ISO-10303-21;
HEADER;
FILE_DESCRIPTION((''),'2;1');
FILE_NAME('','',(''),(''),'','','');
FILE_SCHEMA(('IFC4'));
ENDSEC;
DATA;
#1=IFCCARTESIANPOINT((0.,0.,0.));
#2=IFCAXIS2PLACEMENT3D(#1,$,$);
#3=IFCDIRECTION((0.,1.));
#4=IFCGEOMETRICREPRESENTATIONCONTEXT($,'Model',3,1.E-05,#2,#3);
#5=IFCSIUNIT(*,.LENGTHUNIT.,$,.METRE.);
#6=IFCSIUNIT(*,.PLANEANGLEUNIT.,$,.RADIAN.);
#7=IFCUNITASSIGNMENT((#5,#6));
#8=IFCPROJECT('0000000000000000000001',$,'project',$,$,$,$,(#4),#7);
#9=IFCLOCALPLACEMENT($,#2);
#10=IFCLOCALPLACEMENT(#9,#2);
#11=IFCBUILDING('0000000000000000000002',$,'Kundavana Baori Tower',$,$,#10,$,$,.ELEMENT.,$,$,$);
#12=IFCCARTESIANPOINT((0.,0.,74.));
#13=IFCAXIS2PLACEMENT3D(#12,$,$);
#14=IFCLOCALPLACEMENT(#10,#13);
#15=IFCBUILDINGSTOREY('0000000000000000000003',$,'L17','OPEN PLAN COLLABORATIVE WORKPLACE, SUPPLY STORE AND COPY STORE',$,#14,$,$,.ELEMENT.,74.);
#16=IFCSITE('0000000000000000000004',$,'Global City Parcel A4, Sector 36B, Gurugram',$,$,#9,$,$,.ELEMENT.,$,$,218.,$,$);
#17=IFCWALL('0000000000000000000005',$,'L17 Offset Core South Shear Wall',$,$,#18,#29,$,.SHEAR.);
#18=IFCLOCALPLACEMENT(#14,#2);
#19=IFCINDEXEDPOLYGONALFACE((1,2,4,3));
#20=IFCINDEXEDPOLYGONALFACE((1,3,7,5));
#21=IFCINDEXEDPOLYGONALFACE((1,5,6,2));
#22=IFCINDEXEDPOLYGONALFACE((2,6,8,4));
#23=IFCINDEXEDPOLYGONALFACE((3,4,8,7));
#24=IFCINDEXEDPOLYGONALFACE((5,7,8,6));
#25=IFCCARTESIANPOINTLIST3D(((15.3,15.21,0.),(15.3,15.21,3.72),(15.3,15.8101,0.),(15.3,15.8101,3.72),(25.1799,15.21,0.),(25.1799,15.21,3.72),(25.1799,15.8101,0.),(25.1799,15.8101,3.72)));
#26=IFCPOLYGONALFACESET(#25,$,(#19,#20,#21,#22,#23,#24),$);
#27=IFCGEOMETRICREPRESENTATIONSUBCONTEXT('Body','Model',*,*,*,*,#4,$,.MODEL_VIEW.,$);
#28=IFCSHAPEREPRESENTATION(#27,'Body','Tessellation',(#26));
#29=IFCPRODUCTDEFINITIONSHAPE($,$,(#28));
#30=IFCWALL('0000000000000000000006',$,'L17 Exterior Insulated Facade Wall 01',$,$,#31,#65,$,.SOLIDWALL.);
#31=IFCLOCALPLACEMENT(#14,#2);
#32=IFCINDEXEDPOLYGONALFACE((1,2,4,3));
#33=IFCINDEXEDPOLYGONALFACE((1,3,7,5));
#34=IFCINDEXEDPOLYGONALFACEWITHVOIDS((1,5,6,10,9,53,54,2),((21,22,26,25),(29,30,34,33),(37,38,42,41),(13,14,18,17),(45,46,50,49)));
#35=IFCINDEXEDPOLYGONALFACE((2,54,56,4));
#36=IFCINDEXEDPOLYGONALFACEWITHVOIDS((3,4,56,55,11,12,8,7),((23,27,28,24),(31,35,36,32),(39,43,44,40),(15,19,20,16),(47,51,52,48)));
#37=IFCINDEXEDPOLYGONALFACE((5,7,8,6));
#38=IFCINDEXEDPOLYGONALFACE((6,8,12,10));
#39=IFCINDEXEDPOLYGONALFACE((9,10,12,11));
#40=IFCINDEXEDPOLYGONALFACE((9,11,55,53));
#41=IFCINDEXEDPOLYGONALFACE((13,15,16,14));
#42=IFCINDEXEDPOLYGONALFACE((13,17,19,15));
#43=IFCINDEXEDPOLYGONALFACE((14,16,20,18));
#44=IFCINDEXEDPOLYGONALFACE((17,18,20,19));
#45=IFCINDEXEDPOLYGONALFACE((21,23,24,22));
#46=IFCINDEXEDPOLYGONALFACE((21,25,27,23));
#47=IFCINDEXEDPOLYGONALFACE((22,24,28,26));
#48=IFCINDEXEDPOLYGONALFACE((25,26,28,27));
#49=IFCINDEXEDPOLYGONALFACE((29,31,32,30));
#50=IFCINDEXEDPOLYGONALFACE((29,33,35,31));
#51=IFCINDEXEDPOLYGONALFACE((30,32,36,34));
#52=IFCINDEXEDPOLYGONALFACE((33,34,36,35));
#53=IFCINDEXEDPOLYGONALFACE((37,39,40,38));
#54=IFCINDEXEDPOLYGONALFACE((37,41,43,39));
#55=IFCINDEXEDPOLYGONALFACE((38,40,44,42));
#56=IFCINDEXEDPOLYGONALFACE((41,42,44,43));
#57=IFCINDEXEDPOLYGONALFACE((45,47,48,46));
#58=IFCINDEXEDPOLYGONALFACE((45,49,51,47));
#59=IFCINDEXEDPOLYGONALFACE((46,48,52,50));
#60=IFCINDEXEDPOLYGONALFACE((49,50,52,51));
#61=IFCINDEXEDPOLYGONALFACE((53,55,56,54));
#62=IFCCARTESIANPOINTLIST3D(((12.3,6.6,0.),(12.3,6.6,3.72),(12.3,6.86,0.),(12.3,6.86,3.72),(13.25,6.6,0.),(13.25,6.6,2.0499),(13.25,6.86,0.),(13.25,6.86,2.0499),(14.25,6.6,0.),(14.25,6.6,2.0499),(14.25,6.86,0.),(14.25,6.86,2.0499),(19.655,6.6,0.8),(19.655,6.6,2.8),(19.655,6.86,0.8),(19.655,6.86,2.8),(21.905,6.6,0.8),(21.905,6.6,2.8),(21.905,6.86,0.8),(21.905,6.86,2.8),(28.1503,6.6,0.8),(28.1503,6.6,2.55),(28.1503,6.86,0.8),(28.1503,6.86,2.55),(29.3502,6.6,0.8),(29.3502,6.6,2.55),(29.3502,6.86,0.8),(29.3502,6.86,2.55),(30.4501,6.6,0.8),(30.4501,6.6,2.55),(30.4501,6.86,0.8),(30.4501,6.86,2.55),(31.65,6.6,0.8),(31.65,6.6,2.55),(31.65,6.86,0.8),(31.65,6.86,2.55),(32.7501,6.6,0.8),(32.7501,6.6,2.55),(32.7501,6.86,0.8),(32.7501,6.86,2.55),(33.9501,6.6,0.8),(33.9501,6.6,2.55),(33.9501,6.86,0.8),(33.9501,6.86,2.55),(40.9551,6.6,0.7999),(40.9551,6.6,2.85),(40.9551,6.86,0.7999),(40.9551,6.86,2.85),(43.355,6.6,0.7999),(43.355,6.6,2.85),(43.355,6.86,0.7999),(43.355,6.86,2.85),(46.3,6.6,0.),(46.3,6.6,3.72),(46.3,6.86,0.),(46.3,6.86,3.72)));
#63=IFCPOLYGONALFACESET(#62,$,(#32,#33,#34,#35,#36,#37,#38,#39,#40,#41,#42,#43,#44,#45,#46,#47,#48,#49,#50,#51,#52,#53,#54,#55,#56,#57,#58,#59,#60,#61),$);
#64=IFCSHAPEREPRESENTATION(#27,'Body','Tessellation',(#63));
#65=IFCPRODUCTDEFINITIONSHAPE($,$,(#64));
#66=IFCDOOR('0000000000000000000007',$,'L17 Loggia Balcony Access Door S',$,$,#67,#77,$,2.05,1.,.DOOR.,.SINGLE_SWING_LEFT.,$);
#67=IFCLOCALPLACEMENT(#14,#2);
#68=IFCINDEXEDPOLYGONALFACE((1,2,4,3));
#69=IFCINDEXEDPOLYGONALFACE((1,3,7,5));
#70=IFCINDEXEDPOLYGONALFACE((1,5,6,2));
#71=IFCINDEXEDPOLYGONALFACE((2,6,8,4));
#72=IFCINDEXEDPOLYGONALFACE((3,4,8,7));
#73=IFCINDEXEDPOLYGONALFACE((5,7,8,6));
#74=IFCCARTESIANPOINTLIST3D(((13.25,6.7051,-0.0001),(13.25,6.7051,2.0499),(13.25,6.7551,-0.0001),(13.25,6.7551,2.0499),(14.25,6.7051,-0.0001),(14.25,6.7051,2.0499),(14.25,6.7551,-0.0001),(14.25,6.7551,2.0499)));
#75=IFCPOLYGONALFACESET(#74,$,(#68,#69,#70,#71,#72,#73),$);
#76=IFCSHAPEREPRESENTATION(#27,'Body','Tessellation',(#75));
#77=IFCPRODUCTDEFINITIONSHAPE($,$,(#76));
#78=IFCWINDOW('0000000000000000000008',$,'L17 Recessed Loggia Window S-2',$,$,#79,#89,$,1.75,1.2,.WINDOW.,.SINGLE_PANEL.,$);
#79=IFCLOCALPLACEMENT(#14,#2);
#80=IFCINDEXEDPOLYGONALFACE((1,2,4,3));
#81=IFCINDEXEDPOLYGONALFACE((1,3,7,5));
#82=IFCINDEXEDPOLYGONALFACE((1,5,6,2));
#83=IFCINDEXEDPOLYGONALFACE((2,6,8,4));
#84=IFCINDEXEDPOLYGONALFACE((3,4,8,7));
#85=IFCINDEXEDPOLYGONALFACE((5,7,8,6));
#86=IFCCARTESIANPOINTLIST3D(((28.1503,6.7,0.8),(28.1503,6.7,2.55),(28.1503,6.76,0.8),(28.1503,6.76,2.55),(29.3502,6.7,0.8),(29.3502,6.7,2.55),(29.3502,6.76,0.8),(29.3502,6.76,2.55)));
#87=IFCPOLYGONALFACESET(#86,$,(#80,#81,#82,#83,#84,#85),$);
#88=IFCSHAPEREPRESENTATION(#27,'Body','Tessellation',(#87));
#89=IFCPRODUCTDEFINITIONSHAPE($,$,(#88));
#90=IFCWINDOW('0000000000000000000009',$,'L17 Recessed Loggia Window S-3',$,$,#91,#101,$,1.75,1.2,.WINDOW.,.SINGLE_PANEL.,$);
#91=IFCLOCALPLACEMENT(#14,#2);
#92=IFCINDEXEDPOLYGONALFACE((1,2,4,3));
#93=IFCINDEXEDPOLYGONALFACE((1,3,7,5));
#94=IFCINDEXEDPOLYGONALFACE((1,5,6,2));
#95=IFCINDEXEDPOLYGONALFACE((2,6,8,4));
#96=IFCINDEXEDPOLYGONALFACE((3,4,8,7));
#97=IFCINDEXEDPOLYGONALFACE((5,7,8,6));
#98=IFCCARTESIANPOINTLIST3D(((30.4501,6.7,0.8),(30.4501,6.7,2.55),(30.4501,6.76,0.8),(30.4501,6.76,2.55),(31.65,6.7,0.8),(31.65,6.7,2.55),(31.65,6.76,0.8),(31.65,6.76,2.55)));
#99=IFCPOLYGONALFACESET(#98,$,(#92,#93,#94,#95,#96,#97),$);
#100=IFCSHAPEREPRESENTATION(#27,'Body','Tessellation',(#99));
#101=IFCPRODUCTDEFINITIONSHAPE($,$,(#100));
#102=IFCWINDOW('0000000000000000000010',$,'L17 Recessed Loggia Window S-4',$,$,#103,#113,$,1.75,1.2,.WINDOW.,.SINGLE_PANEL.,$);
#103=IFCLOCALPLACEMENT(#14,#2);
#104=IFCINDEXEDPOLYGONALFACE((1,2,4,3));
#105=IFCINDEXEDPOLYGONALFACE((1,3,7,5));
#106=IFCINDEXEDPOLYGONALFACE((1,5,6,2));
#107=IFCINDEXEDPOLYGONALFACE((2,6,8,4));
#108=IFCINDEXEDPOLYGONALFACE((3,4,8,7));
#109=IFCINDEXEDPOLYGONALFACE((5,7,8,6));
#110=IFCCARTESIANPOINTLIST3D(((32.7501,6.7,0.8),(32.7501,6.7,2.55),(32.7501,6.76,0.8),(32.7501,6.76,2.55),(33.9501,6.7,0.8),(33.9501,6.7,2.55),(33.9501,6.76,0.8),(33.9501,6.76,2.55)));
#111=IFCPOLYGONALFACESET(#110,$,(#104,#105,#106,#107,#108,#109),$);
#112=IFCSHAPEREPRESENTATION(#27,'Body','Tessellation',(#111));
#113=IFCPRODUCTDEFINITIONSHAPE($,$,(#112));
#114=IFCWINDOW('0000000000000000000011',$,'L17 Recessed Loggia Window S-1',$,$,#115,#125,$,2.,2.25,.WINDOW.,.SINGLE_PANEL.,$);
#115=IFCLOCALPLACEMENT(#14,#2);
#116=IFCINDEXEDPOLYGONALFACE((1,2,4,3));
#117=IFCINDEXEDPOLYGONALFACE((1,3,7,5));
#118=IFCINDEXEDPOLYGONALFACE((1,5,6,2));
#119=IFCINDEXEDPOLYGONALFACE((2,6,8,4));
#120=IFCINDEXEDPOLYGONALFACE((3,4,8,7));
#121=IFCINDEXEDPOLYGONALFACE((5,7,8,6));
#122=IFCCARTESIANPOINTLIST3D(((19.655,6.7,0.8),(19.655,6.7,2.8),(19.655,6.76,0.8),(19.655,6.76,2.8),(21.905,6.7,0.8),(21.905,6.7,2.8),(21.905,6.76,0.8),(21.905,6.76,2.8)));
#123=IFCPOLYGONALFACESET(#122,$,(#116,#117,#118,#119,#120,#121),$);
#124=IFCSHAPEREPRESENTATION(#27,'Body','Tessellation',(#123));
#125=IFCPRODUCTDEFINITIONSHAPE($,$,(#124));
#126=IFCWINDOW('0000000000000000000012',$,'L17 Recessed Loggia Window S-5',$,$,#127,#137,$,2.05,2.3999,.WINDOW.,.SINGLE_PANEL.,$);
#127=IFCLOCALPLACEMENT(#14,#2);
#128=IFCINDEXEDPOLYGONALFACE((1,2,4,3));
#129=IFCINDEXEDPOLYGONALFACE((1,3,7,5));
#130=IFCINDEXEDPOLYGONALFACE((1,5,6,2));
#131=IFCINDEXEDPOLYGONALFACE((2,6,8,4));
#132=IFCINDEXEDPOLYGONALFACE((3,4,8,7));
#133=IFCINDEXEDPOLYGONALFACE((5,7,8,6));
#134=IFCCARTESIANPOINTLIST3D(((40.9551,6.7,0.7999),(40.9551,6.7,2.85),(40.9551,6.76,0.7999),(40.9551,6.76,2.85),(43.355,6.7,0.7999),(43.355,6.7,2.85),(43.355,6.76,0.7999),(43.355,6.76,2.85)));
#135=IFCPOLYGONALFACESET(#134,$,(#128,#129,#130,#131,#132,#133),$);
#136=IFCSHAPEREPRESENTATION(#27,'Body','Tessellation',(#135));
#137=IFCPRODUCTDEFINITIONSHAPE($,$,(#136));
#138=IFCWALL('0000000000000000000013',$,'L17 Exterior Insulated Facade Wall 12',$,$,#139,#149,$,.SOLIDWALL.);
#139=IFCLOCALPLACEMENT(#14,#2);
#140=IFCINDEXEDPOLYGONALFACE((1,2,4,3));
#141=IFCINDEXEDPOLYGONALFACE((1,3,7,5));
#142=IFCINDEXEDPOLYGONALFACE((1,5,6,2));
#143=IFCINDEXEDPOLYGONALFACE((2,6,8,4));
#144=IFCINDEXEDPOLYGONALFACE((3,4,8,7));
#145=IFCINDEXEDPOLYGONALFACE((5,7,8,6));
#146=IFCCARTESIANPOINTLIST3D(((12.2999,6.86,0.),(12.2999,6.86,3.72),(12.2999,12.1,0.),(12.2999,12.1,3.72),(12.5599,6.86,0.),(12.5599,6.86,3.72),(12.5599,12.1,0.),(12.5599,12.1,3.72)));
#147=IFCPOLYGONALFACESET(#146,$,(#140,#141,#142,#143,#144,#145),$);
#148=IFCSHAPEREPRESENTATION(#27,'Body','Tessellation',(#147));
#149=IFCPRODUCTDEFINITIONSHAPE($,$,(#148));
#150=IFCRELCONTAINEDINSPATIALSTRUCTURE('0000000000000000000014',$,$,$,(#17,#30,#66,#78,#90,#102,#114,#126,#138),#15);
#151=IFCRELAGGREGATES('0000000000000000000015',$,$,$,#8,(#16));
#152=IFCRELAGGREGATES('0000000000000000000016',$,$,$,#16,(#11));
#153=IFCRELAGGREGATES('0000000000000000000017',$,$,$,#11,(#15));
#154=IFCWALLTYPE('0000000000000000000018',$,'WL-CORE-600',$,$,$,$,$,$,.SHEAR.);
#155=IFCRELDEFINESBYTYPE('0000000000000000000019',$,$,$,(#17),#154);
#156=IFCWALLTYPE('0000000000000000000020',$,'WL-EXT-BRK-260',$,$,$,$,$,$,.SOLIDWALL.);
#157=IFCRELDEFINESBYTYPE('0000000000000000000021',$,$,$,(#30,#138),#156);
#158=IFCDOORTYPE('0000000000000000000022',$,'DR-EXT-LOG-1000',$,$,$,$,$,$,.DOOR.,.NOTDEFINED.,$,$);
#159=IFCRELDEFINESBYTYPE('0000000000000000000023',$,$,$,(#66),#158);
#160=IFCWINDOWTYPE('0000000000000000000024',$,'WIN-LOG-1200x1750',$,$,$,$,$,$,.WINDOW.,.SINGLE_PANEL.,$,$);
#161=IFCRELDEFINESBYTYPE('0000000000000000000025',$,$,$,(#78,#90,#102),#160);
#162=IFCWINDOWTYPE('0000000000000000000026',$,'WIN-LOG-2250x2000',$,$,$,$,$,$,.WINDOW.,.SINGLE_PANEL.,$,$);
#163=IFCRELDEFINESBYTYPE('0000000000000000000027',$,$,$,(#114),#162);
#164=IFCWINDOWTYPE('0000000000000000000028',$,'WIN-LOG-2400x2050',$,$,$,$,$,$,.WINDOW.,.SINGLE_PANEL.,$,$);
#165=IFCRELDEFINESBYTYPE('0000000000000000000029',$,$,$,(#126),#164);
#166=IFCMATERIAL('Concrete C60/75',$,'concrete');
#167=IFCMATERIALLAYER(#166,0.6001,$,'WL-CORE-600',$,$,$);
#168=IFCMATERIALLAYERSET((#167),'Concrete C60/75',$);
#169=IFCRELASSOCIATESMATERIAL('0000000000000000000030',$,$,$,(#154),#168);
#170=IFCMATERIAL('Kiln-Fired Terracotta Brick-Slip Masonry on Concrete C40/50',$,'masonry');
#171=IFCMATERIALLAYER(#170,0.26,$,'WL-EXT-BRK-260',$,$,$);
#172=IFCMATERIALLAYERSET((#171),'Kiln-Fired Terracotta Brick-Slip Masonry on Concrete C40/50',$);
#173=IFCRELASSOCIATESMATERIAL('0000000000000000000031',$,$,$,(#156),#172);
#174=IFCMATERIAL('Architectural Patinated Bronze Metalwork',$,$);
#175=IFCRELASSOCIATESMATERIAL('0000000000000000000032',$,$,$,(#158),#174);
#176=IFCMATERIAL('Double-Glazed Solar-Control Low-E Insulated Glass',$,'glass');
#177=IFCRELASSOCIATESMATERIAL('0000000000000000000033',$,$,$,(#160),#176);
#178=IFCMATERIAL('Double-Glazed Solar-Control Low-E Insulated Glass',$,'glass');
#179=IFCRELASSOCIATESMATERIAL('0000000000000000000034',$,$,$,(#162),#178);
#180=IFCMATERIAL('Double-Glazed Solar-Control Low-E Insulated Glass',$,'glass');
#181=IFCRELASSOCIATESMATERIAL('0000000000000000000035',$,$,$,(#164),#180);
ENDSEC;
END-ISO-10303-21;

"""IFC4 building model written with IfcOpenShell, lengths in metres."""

from ifc_helpers import new_model, si_unit, direction, frame, frame_2d, origin, place, context, subcontext, project, spatial, rectangle, extrude, material, layer, layer_set, type_object, element, fill, save


model = new_model("IFC4")

# Units and contexts
model_context = context("Model", 3, precision=1e-05, world=origin(), true_north=direction((0.0, 1.0)))
body_context = subcontext(model_context, "Body", "Model", "MODEL_VIEW")
ifc_project = project(units=[si_unit("LENGTHUNIT", "METRE"), si_unit("PLANEANGLEUNIT", "RADIAN")], contexts=[model_context])

# Site, building, storey
site_placement = place(None, origin())
site = spatial("IfcSite", under=ifc_project, at=site_placement, Name="Global City Parcel A4, Sector 36B, Gurugram", CompositionType="ELEMENT", RefElevation=218.0)
building_placement = place(site_placement, origin())
building = spatial("IfcBuilding", under=site, at=building_placement, Name="Kundavana Baori Tower", CompositionType="ELEMENT")
storey_placement = place(building_placement, frame((0.0, 0.0, 74.0)))
storey = spatial("IfcBuildingStorey", under=building, at=storey_placement, Name="L17", Description="OPEN PLAN COLLABORATIVE WORKPLACE, SUPPLY STORE AND COPY STORE", CompositionType="ELEMENT", Elevation=74.0)

# Wall
ifc_material_1 = material(Name="Concrete C60/75", Category="concrete")
ifc_layer_1 = layer(ifc_material_1, 0.6001, Name="WL-CORE-600")
ifc_layer_set_1 = layer_set([ifc_layer_1], Name="Concrete C60/75")
wall_type_1 = type_object("IfcWallType", Name="WL-CORE-600", PredefinedType="SHEAR", material=ifc_layer_set_1)
wall_1_placement = place(storey_placement, frame((15.3, 15.51, 0.0), z_axis=(0.0, 0.0, 1.0), x_axis=(1.0, 0.0, 0.0)))
element("IfcWall", 1, at=wall_1_placement, inside=storey, type_object=wall_type_1, Name="L17 Offset Core South Shear Wall", PredefinedType="SHEAR", context=body_context, shape_type="SweptSolid", body=[
    extrude(rectangle(XDim=9.8799, YDim=0.6001, at=frame_2d((4.9399, 0.0))), origin(), (0.0, 0.0, 1.0), 3.72),
])

# Wall, openings, door, windows
ifc_material_2 = material(Name="Kiln-Fired Terracotta Brick-Slip Masonry on Concrete C40/50", Category="masonry")
ifc_layer_2 = layer(ifc_material_2, 0.26, Name="WL-EXT-BRK-260")
ifc_layer_set_2 = layer_set([ifc_layer_2], Name="Kiln-Fired Terracotta Brick-Slip Masonry on Concrete C40/50")
wall_type_2 = type_object("IfcWallType", Name="WL-EXT-BRK-260", PredefinedType="SOLIDWALL", material=ifc_layer_set_2)
wall_2_placement = place(storey_placement, frame((12.3, 6.73, 0.0), z_axis=(0.0, 0.0, 1.0), x_axis=(1.0, 0.0, 0.0)))
wall_2 = element("IfcWall", 2, at=wall_2_placement, inside=storey, type_object=wall_type_2, Name="L17 Exterior Insulated Facade Wall 01", PredefinedType="SOLIDWALL", context=body_context, shape_type="SweptSolid", body=[
    extrude(rectangle(XDim=34.0, YDim=0.26, at=frame_2d((17.0, 0.0))), origin(), (0.0, 0.0, 1.0), 3.72),
])
opening_1_placement = place(wall_2_placement, frame((0.95, 0.0, 0.0)))
opening_1 = element("IfcOpeningElement", 3, at=opening_1_placement, cuts=wall_2, PredefinedType="OPENING", context=body_context, shape_type="SweptSolid", body=[
    extrude(rectangle(XDim=1.0, YDim=2.05, at=frame_2d((0.5, 1.0249))), frame((0.0, 0.1401, 0.0), z_axis=(0.0, -1.0, 0.0), x_axis=(1.0, 0.0, 0.0)), (0.0, 0.0, 1.0), 0.28),
])
opening_2_placement = place(wall_2_placement, frame((7.355, 0.0, 0.8)))
opening_2 = element("IfcOpeningElement", 4, at=opening_2_placement, cuts=wall_2, PredefinedType="OPENING", context=body_context, shape_type="SweptSolid", body=[
    extrude(rectangle(XDim=2.25, YDim=2.0, at=frame_2d((1.125, 1.0))), frame((0.0, 0.1401, 0.0), z_axis=(0.0, -1.0, 0.0), x_axis=(1.0, 0.0, 0.0)), (0.0, 0.0, 1.0), 0.28),
])
opening_3_placement = place(wall_2_placement, frame((15.8501, 0.0, 0.8)))
opening_3 = element("IfcOpeningElement", 5, at=opening_3_placement, cuts=wall_2, PredefinedType="OPENING", context=body_context, shape_type="SweptSolid", body=[
    extrude(rectangle(XDim=1.2, YDim=1.75, at=frame_2d((0.6001, 0.875))), frame((0.0, 0.1401, 0.0), z_axis=(0.0, -1.0, 0.0), x_axis=(1.0, 0.0, 0.0)), (0.0, 0.0, 1.0), 0.28),
])
opening_4_placement = place(wall_2_placement, frame((18.1499, 0.0, 0.8)))
opening_4 = element("IfcOpeningElement", 6, at=opening_4_placement, cuts=wall_2, PredefinedType="OPENING", context=body_context, shape_type="SweptSolid", body=[
    extrude(rectangle(XDim=1.2, YDim=1.75, at=frame_2d((0.6001, 0.875))), frame((0.0, 0.1401, 0.0), z_axis=(0.0, -1.0, 0.0), x_axis=(1.0, 0.0, 0.0)), (0.0, 0.0, 1.0), 0.28),
])
opening_5_placement = place(wall_2_placement, frame((20.45, 0.0, 0.8)))
opening_5 = element("IfcOpeningElement", 7, at=opening_5_placement, cuts=wall_2, PredefinedType="OPENING", context=body_context, shape_type="SweptSolid", body=[
    extrude(rectangle(XDim=1.2, YDim=1.75, at=frame_2d((0.6001, 0.875))), frame((0.0, 0.1401, 0.0), z_axis=(0.0, -1.0, 0.0), x_axis=(1.0, 0.0, 0.0)), (0.0, 0.0, 1.0), 0.28),
])
opening_6_placement = place(wall_2_placement, frame((28.655, 0.0, 0.8)))
opening_6 = element("IfcOpeningElement", 8, at=opening_6_placement, cuts=wall_2, PredefinedType="OPENING", context=body_context, shape_type="SweptSolid", body=[
    extrude(rectangle(XDim=2.3999, YDim=2.05, at=frame_2d((1.2, 1.0249))), frame((0.0, 0.1401, 0.0), z_axis=(0.0, -1.0, 0.0), x_axis=(1.0, 0.0, 0.0)), (0.0, 0.0, 1.0), 0.28),
])
ifc_material_3 = material(Name="Architectural Patinated Bronze Metalwork")
door_type_1 = type_object("IfcDoorType", Name="DR-EXT-LOG-1000", OperationType="NOTDEFINED", PredefinedType="DOOR", material=ifc_material_3)
door_1_placement = place(opening_1_placement, frame((1.0, 0.0, 0.0), z_axis=(0.0, 0.0, 1.0), x_axis=(-1.0, 0.0, 0.0)))
door_1 = element("IfcDoor", 9, at=door_1_placement, inside=storey, type_object=door_type_1, Name="L17 Loggia Balcony Access Door S", OperationType="SINGLE_SWING_LEFT", OverallHeight=2.05, OverallWidth=1.0, PredefinedType="DOOR", context=body_context, shape_type="SweptSolid", body=[
    extrude(rectangle(XDim=1.0, YDim=2.05, at=frame_2d((0.5, 1.0249))), frame((0.0, 0.0249, 0.0), z_axis=(0.0, -1.0, 0.0), x_axis=(1.0, 0.0, 0.0)), (0.0, 0.0, 1.0), 0.05),
])
fill(opening_1, door_1)
ifc_material_4 = material(Name="Double-Glazed Solar-Control Low-E Insulated Glass", Category="glass")
window_type_1 = type_object("IfcWindowType", Name="WIN-LOG-1200x1750", PartitioningType="SINGLE_PANEL", PredefinedType="WINDOW", material=ifc_material_4)
window_1_placement = place(opening_3_placement, origin())
window_1 = element("IfcWindow", 10, at=window_1_placement, inside=storey, type_object=window_type_1, Name="L17 Recessed Loggia Window S-2", OverallHeight=1.75, OverallWidth=1.2, PartitioningType="SINGLE_PANEL", PredefinedType="WINDOW", context=body_context, shape_type="SweptSolid", body=[
    extrude(rectangle(XDim=1.2, YDim=1.75, at=frame_2d((0.6001, 0.875))), frame((0.0, 0.03, 0.0), z_axis=(0.0, -1.0, 0.0), x_axis=(1.0, 0.0, 0.0)), (0.0, 0.0, 1.0), 0.0601),
])
fill(opening_3, window_1)
window_2_placement = place(opening_4_placement, origin())
window_2 = element("IfcWindow", 11, at=window_2_placement, inside=storey, type_object=window_type_1, Name="L17 Recessed Loggia Window S-3", OverallHeight=1.75, OverallWidth=1.2, PartitioningType="SINGLE_PANEL", PredefinedType="WINDOW", context=body_context, shape_type="SweptSolid", body=[
    extrude(rectangle(XDim=1.2, YDim=1.75, at=frame_2d((0.6001, 0.875))), frame((0.0, 0.03, 0.0), z_axis=(0.0, -1.0, 0.0), x_axis=(1.0, 0.0, 0.0)), (0.0, 0.0, 1.0), 0.0601),
])
fill(opening_4, window_2)
window_3_placement = place(opening_5_placement, origin())
window_3 = element("IfcWindow", 12, at=window_3_placement, inside=storey, type_object=window_type_1, Name="L17 Recessed Loggia Window S-4", OverallHeight=1.75, OverallWidth=1.2, PartitioningType="SINGLE_PANEL", PredefinedType="WINDOW", context=body_context, shape_type="SweptSolid", body=[
    extrude(rectangle(XDim=1.2, YDim=1.75, at=frame_2d((0.6001, 0.875))), frame((0.0, 0.03, 0.0), z_axis=(0.0, -1.0, 0.0), x_axis=(1.0, 0.0, 0.0)), (0.0, 0.0, 1.0), 0.0601),
])
fill(opening_5, window_3)
ifc_material_5 = material(Name="Double-Glazed Solar-Control Low-E Insulated Glass", Category="glass")
window_type_2 = type_object("IfcWindowType", Name="WIN-LOG-2250x2000", PartitioningType="SINGLE_PANEL", PredefinedType="WINDOW", material=ifc_material_5)
window_4_placement = place(opening_2_placement, origin())
window_4 = element("IfcWindow", 13, at=window_4_placement, inside=storey, type_object=window_type_2, Name="L17 Recessed Loggia Window S-1", OverallHeight=2.0, OverallWidth=2.25, PartitioningType="SINGLE_PANEL", PredefinedType="WINDOW", context=body_context, shape_type="SweptSolid", body=[
    extrude(rectangle(XDim=2.25, YDim=2.0, at=frame_2d((1.125, 1.0))), frame((0.0, 0.03, 0.0), z_axis=(0.0, -1.0, 0.0), x_axis=(1.0, 0.0, 0.0)), (0.0, 0.0, 1.0), 0.0601),
])
fill(opening_2, window_4)
ifc_material_6 = material(Name="Double-Glazed Solar-Control Low-E Insulated Glass", Category="glass")
window_type_3 = type_object("IfcWindowType", Name="WIN-LOG-2400x2050", PartitioningType="SINGLE_PANEL", PredefinedType="WINDOW", material=ifc_material_6)
window_5_placement = place(opening_6_placement, origin())
window_5 = element("IfcWindow", 14, at=window_5_placement, inside=storey, type_object=window_type_3, Name="L17 Recessed Loggia Window S-5", OverallHeight=2.05, OverallWidth=2.3999, PartitioningType="SINGLE_PANEL", PredefinedType="WINDOW", context=body_context, shape_type="SweptSolid", body=[
    extrude(rectangle(XDim=2.3999, YDim=2.05, at=frame_2d((1.2, 1.0249))), frame((0.0, 0.03, 0.0), z_axis=(0.0, -1.0, 0.0), x_axis=(1.0, 0.0, 0.0)), (0.0, 0.0, 1.0), 0.0601),
])
fill(opening_6, window_5)

# Wall
wall_3_placement = place(storey_placement, frame((12.4299, 12.1001, 0.0), z_axis=(0.0, 0.0, 1.0), x_axis=(0.0, -1.0, 0.0)))
element("IfcWall", 15, at=wall_3_placement, inside=storey, type_object=wall_type_2, Name="L17 Exterior Insulated Facade Wall 12", PredefinedType="SOLIDWALL", context=body_context, shape_type="SweptSolid", body=[
    extrude(rectangle(XDim=5.24, YDim=0.26, at=frame_2d((2.6201, 0.0))), origin(), (0.0, 0.0, 1.0), 3.72),
])

save(model, "model.ifc")
